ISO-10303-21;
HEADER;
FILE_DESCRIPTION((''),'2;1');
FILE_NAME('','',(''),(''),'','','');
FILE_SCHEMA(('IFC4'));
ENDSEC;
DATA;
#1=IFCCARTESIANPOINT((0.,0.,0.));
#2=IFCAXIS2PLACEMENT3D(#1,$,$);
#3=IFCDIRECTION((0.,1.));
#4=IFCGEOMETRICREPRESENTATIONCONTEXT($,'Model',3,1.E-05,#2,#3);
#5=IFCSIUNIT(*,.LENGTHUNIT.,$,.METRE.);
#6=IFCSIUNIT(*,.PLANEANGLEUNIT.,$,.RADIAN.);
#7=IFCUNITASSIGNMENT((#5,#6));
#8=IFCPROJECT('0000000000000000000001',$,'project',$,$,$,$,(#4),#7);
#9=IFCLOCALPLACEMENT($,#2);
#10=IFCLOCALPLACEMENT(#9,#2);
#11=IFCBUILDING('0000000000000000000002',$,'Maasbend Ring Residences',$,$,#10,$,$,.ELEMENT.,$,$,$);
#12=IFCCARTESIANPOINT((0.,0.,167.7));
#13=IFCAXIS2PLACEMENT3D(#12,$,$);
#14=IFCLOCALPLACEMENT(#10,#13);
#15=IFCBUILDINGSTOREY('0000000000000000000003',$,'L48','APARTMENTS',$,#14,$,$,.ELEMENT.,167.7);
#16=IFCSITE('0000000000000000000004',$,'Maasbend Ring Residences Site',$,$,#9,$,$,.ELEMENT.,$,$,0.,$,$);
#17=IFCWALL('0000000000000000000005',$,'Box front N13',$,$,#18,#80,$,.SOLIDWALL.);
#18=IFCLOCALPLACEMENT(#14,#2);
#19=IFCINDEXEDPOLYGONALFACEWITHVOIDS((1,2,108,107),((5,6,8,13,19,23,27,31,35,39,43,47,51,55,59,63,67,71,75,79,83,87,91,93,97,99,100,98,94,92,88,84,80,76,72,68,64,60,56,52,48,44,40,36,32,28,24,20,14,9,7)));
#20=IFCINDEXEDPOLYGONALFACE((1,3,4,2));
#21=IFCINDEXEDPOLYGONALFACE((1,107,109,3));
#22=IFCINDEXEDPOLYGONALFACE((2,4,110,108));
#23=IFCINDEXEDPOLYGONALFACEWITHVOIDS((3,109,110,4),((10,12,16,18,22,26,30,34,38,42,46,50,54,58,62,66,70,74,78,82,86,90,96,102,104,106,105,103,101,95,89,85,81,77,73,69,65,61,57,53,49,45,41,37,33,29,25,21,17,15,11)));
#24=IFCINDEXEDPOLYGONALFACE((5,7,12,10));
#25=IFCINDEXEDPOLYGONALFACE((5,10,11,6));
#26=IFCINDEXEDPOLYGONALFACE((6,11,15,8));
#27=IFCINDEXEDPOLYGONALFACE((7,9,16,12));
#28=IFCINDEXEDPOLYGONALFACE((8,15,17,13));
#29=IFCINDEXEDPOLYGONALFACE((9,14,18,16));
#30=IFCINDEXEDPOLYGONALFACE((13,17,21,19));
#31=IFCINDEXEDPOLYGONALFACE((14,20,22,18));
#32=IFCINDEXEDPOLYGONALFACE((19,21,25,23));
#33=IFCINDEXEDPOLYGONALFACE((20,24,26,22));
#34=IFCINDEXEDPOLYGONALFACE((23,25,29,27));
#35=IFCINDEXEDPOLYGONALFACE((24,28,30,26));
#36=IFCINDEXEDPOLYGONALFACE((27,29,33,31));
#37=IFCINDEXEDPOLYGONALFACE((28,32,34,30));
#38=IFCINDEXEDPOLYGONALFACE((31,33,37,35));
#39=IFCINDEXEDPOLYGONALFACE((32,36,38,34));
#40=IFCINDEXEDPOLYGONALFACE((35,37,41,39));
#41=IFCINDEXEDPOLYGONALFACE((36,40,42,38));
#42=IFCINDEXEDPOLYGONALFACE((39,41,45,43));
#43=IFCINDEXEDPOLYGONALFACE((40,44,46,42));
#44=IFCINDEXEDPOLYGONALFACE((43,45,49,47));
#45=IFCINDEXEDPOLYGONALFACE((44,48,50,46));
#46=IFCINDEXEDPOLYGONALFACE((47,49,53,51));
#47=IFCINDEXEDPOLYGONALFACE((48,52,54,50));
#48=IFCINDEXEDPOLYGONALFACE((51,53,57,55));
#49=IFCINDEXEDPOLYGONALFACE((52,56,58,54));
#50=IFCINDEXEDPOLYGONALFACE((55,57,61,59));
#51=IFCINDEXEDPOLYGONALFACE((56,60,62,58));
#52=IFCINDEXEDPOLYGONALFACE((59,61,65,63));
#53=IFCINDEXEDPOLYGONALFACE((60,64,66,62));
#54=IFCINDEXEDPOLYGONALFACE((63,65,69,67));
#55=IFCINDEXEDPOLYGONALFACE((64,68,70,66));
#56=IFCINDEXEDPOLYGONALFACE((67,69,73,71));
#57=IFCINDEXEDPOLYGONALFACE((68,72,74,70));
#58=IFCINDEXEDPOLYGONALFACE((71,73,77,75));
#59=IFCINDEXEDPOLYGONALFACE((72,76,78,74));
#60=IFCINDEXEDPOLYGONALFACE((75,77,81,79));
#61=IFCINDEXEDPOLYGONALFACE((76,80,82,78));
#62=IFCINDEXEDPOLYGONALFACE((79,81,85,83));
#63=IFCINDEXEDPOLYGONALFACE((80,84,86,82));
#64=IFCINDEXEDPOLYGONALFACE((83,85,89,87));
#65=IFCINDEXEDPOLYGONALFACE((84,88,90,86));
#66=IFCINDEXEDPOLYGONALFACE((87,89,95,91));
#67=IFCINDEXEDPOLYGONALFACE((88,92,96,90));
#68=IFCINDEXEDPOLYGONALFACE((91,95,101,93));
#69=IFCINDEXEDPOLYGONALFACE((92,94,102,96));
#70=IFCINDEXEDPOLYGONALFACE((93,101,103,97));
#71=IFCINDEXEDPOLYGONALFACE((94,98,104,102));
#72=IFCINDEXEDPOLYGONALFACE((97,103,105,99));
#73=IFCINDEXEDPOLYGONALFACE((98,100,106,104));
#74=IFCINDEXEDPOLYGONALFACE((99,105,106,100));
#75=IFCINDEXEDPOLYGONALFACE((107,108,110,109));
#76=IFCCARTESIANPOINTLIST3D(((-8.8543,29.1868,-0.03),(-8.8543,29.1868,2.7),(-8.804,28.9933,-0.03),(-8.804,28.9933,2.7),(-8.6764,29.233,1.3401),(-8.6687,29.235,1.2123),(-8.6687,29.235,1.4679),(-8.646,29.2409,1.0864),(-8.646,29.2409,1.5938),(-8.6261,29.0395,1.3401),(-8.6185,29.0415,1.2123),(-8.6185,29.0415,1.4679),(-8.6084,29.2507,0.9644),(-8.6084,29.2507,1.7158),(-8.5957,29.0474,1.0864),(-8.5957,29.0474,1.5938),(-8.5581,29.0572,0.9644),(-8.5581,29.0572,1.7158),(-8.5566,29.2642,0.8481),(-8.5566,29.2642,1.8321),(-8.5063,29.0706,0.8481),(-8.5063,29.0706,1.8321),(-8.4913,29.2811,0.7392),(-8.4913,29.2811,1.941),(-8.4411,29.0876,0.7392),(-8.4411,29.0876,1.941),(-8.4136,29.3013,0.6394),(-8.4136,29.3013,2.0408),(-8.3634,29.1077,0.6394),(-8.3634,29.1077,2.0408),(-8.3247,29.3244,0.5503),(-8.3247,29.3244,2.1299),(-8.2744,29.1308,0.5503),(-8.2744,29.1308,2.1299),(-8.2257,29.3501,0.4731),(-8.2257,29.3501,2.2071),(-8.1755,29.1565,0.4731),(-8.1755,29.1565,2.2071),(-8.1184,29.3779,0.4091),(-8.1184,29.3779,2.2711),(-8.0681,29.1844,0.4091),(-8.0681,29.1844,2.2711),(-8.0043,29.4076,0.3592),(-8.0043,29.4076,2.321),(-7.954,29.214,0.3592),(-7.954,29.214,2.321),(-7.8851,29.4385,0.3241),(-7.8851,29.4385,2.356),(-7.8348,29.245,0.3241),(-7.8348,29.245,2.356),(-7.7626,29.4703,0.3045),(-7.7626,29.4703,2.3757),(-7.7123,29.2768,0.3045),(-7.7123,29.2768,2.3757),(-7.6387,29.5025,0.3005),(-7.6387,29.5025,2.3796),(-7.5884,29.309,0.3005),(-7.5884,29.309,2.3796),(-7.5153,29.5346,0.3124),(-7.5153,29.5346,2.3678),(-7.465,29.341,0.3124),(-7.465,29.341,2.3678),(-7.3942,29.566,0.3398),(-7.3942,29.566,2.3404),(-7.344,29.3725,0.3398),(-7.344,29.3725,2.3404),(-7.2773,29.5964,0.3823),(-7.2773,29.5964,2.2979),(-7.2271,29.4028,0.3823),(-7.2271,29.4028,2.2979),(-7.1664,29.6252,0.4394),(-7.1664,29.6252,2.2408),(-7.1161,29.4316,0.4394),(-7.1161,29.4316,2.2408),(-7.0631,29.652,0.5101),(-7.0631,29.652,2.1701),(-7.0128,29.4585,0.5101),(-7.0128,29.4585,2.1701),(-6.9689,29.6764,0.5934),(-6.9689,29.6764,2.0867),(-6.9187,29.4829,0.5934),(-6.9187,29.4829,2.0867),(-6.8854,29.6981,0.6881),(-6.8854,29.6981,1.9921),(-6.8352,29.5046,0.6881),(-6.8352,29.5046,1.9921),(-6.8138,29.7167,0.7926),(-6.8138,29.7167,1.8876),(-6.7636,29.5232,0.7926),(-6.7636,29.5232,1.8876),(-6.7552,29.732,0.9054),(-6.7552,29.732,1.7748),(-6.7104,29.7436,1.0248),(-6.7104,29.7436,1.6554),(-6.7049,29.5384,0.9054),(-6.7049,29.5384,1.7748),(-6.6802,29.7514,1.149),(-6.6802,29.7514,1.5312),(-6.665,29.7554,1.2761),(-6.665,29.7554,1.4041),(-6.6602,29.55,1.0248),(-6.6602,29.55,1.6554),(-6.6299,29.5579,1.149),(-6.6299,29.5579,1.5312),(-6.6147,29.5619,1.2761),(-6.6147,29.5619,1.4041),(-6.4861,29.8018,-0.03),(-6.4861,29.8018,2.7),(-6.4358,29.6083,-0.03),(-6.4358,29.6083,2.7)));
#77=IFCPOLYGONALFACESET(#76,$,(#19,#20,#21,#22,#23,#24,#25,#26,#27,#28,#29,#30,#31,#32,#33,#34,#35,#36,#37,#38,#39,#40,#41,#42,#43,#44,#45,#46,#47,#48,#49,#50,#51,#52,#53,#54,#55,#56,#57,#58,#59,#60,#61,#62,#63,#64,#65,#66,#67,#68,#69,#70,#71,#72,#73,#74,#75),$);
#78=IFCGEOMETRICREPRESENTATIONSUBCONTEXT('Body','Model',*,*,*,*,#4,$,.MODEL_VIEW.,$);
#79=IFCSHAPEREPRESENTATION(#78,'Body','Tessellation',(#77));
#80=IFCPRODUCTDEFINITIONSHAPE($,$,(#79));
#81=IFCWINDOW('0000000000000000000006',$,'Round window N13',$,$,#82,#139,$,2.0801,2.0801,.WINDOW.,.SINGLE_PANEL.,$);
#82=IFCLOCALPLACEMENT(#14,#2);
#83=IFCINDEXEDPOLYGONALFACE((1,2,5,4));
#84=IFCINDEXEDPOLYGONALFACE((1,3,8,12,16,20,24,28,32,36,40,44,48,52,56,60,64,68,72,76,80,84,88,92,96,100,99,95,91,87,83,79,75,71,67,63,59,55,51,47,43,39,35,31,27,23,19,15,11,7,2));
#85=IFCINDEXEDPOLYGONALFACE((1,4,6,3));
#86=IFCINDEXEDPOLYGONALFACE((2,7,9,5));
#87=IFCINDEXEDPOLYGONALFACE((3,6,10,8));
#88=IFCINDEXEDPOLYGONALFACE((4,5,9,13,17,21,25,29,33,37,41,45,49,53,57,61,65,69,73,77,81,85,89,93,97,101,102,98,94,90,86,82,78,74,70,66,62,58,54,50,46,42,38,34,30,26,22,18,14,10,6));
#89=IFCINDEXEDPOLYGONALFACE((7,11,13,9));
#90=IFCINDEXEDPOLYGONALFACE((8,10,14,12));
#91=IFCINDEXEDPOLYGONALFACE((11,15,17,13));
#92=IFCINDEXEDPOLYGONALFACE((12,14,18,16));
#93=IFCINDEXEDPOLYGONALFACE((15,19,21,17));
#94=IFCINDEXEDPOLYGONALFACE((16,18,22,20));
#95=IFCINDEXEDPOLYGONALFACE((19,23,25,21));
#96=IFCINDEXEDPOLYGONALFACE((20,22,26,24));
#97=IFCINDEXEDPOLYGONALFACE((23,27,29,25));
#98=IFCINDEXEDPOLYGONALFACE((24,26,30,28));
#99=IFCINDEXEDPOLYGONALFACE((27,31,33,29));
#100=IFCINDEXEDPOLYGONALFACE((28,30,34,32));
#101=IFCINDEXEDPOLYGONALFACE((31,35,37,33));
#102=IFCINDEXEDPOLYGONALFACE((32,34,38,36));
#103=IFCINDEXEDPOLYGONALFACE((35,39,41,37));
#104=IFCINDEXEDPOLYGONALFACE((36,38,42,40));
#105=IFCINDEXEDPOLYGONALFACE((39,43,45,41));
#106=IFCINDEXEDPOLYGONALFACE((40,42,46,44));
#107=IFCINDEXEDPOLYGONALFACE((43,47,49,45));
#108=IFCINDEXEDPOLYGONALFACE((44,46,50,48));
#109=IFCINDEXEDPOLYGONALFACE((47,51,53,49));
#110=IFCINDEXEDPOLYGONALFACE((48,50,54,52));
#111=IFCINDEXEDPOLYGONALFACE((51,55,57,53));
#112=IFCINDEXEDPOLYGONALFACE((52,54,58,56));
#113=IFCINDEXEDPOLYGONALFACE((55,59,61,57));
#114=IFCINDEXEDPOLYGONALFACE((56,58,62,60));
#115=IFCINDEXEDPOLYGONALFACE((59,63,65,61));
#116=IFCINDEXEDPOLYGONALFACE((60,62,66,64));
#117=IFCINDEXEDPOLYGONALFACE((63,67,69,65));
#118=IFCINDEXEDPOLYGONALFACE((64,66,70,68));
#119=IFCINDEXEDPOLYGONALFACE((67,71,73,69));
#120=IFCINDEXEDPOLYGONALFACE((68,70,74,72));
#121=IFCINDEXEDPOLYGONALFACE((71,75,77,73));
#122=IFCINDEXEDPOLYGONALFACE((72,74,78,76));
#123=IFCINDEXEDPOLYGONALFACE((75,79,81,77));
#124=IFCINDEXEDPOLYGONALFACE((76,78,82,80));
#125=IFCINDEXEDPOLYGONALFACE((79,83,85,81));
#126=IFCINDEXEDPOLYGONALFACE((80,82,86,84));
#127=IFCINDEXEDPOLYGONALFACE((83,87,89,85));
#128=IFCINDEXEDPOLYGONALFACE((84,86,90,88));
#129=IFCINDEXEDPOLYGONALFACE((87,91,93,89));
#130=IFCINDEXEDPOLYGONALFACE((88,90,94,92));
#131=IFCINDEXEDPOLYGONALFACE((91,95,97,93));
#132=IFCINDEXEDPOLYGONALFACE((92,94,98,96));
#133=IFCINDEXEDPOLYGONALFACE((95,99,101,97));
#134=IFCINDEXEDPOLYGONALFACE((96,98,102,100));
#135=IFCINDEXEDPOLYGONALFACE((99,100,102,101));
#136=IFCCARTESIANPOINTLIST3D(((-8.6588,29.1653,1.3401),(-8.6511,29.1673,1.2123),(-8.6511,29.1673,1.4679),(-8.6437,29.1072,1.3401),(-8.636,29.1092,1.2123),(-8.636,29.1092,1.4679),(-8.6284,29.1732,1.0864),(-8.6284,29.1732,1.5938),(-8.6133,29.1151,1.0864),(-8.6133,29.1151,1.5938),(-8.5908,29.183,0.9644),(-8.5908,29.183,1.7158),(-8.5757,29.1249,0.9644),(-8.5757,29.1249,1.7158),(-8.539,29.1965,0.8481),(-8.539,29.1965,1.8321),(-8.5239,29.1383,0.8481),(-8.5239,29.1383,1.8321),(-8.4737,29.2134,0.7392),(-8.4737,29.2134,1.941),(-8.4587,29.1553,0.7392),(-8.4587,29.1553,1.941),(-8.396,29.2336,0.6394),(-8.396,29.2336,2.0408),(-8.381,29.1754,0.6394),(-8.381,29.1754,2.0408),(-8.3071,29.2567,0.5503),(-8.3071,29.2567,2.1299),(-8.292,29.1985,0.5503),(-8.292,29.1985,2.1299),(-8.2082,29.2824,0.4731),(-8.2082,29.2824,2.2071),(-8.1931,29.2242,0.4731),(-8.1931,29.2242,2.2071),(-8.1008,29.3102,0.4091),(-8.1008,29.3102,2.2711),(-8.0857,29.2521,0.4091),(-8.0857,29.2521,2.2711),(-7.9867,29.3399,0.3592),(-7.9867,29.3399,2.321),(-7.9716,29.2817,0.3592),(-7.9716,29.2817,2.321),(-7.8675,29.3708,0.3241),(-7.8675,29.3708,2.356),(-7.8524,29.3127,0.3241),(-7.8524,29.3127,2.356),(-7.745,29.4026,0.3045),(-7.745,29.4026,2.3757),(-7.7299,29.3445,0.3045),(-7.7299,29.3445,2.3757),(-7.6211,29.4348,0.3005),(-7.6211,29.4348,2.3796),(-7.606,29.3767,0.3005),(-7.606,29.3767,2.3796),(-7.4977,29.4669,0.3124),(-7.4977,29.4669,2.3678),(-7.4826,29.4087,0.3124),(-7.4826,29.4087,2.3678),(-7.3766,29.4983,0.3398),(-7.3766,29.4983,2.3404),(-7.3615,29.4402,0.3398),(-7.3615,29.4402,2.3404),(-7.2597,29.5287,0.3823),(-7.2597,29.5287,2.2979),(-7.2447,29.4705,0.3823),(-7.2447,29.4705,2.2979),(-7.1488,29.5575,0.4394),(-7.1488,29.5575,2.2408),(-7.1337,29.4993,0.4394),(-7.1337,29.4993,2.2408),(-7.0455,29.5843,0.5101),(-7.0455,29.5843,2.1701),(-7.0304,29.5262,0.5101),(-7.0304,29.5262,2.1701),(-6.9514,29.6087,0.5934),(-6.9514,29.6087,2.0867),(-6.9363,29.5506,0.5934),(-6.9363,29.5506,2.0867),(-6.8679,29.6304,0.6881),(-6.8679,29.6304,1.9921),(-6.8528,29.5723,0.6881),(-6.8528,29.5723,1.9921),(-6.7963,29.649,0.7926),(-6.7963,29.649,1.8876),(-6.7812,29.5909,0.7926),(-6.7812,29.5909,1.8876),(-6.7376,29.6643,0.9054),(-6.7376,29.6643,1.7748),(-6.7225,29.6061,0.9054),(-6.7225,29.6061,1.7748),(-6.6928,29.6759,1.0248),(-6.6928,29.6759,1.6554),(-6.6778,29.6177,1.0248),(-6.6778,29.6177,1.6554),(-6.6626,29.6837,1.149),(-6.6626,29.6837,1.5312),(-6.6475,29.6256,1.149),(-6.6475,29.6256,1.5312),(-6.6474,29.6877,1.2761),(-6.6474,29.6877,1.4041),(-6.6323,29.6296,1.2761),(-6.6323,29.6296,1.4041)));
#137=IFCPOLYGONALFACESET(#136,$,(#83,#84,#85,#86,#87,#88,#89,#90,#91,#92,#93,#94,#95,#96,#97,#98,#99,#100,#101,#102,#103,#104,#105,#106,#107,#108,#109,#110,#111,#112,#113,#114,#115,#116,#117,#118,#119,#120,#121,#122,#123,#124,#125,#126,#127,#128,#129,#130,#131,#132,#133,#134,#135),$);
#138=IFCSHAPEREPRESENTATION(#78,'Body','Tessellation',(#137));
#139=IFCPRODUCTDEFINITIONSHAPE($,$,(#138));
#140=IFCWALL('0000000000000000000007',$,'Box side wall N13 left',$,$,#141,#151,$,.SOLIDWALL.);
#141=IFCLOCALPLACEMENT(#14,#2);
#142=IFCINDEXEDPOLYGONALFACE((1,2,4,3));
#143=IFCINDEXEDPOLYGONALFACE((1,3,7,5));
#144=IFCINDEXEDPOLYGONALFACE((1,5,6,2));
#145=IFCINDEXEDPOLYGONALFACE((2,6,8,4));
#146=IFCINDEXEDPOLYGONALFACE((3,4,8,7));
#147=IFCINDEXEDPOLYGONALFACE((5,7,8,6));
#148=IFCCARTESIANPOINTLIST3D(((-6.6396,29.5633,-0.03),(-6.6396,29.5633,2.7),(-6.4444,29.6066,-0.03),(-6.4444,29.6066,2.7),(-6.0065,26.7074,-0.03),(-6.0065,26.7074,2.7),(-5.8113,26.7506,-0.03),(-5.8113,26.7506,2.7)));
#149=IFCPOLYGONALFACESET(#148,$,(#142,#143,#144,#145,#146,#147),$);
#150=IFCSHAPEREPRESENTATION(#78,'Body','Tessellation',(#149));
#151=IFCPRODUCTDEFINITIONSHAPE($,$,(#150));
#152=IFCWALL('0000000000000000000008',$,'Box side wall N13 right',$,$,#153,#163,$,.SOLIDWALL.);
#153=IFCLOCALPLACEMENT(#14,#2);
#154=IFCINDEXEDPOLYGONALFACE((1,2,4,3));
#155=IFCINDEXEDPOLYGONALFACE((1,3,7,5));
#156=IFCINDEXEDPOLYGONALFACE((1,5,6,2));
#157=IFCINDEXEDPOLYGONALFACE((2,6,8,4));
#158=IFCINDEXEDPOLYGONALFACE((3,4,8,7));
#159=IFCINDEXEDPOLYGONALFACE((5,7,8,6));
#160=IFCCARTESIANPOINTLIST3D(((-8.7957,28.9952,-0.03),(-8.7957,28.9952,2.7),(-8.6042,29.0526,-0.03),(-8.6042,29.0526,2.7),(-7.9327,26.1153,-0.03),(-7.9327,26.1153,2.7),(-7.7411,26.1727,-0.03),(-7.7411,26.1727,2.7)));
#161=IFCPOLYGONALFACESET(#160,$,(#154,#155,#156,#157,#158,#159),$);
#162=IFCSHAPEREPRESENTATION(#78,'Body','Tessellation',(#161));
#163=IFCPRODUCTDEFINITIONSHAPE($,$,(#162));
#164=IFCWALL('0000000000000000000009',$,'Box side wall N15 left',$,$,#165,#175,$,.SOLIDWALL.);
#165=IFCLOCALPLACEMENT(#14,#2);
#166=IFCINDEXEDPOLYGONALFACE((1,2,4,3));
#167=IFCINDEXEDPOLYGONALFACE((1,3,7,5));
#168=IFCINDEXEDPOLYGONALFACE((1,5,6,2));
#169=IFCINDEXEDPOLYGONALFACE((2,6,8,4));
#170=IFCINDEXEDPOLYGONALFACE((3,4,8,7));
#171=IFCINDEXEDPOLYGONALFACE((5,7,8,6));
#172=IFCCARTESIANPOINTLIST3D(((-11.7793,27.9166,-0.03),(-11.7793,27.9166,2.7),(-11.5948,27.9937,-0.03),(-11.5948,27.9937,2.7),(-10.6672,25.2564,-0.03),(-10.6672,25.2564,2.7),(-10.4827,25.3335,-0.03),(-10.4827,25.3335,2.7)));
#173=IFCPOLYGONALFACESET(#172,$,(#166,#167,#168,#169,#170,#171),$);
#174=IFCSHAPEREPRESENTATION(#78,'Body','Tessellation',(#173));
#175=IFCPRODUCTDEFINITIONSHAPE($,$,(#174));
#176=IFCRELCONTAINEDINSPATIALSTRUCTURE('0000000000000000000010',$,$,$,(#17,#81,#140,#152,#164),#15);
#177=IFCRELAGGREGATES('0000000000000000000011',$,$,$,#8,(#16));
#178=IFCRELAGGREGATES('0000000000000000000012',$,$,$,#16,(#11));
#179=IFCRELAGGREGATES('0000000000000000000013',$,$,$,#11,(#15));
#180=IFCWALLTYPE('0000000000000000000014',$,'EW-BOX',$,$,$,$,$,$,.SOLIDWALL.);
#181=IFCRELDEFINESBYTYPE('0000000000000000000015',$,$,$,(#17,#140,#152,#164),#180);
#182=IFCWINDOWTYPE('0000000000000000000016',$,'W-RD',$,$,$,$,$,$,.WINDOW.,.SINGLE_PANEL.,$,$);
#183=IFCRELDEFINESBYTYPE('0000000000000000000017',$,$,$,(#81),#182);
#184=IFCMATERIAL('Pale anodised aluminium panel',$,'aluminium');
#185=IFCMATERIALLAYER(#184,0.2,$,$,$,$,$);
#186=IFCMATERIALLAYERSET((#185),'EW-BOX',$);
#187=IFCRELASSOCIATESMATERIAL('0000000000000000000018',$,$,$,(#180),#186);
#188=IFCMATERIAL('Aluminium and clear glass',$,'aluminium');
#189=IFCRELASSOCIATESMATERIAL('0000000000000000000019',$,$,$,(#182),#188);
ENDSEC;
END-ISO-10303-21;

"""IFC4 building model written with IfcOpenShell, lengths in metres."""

from ifc_helpers import new_model, si_unit, direction, frame, frame_2d, origin, place, context, subcontext, project, spatial, rectangle, circle, extrude, material, layer, layer_set, type_object, element, fill, save


model = new_model("IFC4")

# Units and contexts
model_context = context("Model", 3, precision=1e-05, world=origin(), true_north=direction((0.0, 1.0)))
body_context = subcontext(model_context, "Body", "Model", "MODEL_VIEW")
ifc_project = project(units=[si_unit("LENGTHUNIT", "METRE"), si_unit("PLANEANGLEUNIT", "RADIAN")], contexts=[model_context])

# Site, building, storey
site_placement = place(None, origin())
site = spatial("IfcSite", under=ifc_project, at=site_placement, Name="Maasbend Ring Residences Site", CompositionType="ELEMENT", RefElevation=0.0)
building_placement = place(site_placement, origin())
building = spatial("IfcBuilding", under=site, at=building_placement, Name="Maasbend Ring Residences", CompositionType="ELEMENT")
storey_placement = place(building_placement, frame((0.0, 0.0, 167.7)))
storey = spatial("IfcBuildingStorey", under=building, at=storey_placement, Name="L48", Description="APARTMENTS", CompositionType="ELEMENT", Elevation=167.7)

# Shared definitions
ifc_material_1 = material(Name="Pale anodised aluminium panel", Category="aluminium")
ifc_layer_1 = layer(ifc_material_1, 0.2)
ifc_layer_set_1 = layer_set([ifc_layer_1], Name="EW-BOX")
wall_type_1 = type_object("IfcWallType", Name="EW-BOX", PredefinedType="SOLIDWALL", material=ifc_layer_set_1)

# Wall, opening, window
wall_1_placement = place(storey_placement, frame((-6.4609, 29.7051, -0.03), z_axis=(0.0, 0.0, 1.0), x_axis=(-0.967895, -0.251353, 0.0)))
wall_1 = element("IfcWall", 1, at=wall_1_placement, inside=storey, type_object=wall_type_1, Name="Box front N13", PredefinedType="SOLIDWALL", context=body_context, shape_type="SweptSolid", body=[
    extrude(rectangle(XDim=2.4468, YDim=0.2, at=frame_2d((1.2234, 0.0))), origin(), (0.0, 0.0, 1.0), 2.73),
])
opening_1_placement = place(wall_1_placement, frame((0.1829, 0.0, 0.3301)))
opening_1 = element("IfcOpeningElement", 2, at=opening_1_placement, cuts=wall_1, PredefinedType="OPENING", context=body_context, shape_type="SweptSolid", body=[
    extrude(circle(Radius=1.04, at=frame_2d((1.04, 1.04))), frame((0.0, 0.1099, 0.0), z_axis=(0.0, -1.0, 0.0), x_axis=(1.0, 0.0, 0.0)), (0.0, 0.0, 1.0), 0.22),
])
ifc_material_2 = material(Name="Aluminium and clear glass", Category="aluminium")
window_type_1 = type_object("IfcWindowType", Name="W-RD", PartitioningType="SINGLE_PANEL", PredefinedType="WINDOW", material=ifc_material_2)
window_1_placement = place(opening_1_placement, origin())
window_1 = element("IfcWindow", 3, at=window_1_placement, inside=storey, type_object=window_type_1, Name="Round window N13", OverallHeight=2.0801, OverallWidth=2.0801, PartitioningType="SINGLE_PANEL", PredefinedType="WINDOW", context=body_context, shape_type="SweptSolid", body=[
    extrude(circle(Radius=1.04, at=frame_2d((1.04, 1.04))), frame((0.0, 0.03, 0.0), z_axis=(0.0, -1.0, 0.0), x_axis=(1.0, 0.0, 0.0)), (0.0, 0.0, 1.0), 0.0601),
])
fill(opening_1, window_1)

# Walls
wall_2_placement = place(storey_placement, frame((-5.9089, 26.729, -0.03), z_axis=(0.0, 0.0, 1.0), x_axis=(-0.216409, 0.976303, 0.0)))
element("IfcWall", 4, at=wall_2_placement, inside=storey, type_object=wall_type_1, Name="Box side wall N13 left", PredefinedType="SOLIDWALL", context=body_context, shape_type="SweptSolid", body=[
    extrude(rectangle(XDim=2.9253, YDim=0.2, at=frame_2d((1.4626, 0.0))), origin(), (0.0, 0.0, 1.0), 2.73),
])
wall_3_placement = place(storey_placement, frame((-7.8369, 26.144, -0.03), z_axis=(0.0, 0.0, 1.0), x_axis=(-0.287065, 0.957911, 0.0)))
element("IfcWall", 5, at=wall_3_placement, inside=storey, type_object=wall_type_1, Name="Box side wall N13 right", PredefinedType="SOLIDWALL", context=body_context, shape_type="SweptSolid", body=[
    extrude(rectangle(XDim=3.0063, YDim=0.2, at=frame_2d((1.5032, 0.0))), origin(), (0.0, 0.0, 1.0), 2.73),
])
wall_4_placement = place(storey_placement, frame((-10.575, 25.2949, -0.03), z_axis=(0.0, 0.0, 1.0), x_axis=(-0.385697, 0.922625, 0.0)))
element("IfcWall", 6, at=wall_4_placement, inside=storey, type_object=wall_type_1, Name="Box side wall N15 left", PredefinedType="SOLIDWALL", context=body_context, shape_type="SweptSolid", body=[
    extrude(rectangle(XDim=2.8833, YDim=0.2, at=frame_2d((1.4417, 0.0))), origin(), (0.0, 0.0, 1.0), 2.73),
])

save(model, "model.ifc")
